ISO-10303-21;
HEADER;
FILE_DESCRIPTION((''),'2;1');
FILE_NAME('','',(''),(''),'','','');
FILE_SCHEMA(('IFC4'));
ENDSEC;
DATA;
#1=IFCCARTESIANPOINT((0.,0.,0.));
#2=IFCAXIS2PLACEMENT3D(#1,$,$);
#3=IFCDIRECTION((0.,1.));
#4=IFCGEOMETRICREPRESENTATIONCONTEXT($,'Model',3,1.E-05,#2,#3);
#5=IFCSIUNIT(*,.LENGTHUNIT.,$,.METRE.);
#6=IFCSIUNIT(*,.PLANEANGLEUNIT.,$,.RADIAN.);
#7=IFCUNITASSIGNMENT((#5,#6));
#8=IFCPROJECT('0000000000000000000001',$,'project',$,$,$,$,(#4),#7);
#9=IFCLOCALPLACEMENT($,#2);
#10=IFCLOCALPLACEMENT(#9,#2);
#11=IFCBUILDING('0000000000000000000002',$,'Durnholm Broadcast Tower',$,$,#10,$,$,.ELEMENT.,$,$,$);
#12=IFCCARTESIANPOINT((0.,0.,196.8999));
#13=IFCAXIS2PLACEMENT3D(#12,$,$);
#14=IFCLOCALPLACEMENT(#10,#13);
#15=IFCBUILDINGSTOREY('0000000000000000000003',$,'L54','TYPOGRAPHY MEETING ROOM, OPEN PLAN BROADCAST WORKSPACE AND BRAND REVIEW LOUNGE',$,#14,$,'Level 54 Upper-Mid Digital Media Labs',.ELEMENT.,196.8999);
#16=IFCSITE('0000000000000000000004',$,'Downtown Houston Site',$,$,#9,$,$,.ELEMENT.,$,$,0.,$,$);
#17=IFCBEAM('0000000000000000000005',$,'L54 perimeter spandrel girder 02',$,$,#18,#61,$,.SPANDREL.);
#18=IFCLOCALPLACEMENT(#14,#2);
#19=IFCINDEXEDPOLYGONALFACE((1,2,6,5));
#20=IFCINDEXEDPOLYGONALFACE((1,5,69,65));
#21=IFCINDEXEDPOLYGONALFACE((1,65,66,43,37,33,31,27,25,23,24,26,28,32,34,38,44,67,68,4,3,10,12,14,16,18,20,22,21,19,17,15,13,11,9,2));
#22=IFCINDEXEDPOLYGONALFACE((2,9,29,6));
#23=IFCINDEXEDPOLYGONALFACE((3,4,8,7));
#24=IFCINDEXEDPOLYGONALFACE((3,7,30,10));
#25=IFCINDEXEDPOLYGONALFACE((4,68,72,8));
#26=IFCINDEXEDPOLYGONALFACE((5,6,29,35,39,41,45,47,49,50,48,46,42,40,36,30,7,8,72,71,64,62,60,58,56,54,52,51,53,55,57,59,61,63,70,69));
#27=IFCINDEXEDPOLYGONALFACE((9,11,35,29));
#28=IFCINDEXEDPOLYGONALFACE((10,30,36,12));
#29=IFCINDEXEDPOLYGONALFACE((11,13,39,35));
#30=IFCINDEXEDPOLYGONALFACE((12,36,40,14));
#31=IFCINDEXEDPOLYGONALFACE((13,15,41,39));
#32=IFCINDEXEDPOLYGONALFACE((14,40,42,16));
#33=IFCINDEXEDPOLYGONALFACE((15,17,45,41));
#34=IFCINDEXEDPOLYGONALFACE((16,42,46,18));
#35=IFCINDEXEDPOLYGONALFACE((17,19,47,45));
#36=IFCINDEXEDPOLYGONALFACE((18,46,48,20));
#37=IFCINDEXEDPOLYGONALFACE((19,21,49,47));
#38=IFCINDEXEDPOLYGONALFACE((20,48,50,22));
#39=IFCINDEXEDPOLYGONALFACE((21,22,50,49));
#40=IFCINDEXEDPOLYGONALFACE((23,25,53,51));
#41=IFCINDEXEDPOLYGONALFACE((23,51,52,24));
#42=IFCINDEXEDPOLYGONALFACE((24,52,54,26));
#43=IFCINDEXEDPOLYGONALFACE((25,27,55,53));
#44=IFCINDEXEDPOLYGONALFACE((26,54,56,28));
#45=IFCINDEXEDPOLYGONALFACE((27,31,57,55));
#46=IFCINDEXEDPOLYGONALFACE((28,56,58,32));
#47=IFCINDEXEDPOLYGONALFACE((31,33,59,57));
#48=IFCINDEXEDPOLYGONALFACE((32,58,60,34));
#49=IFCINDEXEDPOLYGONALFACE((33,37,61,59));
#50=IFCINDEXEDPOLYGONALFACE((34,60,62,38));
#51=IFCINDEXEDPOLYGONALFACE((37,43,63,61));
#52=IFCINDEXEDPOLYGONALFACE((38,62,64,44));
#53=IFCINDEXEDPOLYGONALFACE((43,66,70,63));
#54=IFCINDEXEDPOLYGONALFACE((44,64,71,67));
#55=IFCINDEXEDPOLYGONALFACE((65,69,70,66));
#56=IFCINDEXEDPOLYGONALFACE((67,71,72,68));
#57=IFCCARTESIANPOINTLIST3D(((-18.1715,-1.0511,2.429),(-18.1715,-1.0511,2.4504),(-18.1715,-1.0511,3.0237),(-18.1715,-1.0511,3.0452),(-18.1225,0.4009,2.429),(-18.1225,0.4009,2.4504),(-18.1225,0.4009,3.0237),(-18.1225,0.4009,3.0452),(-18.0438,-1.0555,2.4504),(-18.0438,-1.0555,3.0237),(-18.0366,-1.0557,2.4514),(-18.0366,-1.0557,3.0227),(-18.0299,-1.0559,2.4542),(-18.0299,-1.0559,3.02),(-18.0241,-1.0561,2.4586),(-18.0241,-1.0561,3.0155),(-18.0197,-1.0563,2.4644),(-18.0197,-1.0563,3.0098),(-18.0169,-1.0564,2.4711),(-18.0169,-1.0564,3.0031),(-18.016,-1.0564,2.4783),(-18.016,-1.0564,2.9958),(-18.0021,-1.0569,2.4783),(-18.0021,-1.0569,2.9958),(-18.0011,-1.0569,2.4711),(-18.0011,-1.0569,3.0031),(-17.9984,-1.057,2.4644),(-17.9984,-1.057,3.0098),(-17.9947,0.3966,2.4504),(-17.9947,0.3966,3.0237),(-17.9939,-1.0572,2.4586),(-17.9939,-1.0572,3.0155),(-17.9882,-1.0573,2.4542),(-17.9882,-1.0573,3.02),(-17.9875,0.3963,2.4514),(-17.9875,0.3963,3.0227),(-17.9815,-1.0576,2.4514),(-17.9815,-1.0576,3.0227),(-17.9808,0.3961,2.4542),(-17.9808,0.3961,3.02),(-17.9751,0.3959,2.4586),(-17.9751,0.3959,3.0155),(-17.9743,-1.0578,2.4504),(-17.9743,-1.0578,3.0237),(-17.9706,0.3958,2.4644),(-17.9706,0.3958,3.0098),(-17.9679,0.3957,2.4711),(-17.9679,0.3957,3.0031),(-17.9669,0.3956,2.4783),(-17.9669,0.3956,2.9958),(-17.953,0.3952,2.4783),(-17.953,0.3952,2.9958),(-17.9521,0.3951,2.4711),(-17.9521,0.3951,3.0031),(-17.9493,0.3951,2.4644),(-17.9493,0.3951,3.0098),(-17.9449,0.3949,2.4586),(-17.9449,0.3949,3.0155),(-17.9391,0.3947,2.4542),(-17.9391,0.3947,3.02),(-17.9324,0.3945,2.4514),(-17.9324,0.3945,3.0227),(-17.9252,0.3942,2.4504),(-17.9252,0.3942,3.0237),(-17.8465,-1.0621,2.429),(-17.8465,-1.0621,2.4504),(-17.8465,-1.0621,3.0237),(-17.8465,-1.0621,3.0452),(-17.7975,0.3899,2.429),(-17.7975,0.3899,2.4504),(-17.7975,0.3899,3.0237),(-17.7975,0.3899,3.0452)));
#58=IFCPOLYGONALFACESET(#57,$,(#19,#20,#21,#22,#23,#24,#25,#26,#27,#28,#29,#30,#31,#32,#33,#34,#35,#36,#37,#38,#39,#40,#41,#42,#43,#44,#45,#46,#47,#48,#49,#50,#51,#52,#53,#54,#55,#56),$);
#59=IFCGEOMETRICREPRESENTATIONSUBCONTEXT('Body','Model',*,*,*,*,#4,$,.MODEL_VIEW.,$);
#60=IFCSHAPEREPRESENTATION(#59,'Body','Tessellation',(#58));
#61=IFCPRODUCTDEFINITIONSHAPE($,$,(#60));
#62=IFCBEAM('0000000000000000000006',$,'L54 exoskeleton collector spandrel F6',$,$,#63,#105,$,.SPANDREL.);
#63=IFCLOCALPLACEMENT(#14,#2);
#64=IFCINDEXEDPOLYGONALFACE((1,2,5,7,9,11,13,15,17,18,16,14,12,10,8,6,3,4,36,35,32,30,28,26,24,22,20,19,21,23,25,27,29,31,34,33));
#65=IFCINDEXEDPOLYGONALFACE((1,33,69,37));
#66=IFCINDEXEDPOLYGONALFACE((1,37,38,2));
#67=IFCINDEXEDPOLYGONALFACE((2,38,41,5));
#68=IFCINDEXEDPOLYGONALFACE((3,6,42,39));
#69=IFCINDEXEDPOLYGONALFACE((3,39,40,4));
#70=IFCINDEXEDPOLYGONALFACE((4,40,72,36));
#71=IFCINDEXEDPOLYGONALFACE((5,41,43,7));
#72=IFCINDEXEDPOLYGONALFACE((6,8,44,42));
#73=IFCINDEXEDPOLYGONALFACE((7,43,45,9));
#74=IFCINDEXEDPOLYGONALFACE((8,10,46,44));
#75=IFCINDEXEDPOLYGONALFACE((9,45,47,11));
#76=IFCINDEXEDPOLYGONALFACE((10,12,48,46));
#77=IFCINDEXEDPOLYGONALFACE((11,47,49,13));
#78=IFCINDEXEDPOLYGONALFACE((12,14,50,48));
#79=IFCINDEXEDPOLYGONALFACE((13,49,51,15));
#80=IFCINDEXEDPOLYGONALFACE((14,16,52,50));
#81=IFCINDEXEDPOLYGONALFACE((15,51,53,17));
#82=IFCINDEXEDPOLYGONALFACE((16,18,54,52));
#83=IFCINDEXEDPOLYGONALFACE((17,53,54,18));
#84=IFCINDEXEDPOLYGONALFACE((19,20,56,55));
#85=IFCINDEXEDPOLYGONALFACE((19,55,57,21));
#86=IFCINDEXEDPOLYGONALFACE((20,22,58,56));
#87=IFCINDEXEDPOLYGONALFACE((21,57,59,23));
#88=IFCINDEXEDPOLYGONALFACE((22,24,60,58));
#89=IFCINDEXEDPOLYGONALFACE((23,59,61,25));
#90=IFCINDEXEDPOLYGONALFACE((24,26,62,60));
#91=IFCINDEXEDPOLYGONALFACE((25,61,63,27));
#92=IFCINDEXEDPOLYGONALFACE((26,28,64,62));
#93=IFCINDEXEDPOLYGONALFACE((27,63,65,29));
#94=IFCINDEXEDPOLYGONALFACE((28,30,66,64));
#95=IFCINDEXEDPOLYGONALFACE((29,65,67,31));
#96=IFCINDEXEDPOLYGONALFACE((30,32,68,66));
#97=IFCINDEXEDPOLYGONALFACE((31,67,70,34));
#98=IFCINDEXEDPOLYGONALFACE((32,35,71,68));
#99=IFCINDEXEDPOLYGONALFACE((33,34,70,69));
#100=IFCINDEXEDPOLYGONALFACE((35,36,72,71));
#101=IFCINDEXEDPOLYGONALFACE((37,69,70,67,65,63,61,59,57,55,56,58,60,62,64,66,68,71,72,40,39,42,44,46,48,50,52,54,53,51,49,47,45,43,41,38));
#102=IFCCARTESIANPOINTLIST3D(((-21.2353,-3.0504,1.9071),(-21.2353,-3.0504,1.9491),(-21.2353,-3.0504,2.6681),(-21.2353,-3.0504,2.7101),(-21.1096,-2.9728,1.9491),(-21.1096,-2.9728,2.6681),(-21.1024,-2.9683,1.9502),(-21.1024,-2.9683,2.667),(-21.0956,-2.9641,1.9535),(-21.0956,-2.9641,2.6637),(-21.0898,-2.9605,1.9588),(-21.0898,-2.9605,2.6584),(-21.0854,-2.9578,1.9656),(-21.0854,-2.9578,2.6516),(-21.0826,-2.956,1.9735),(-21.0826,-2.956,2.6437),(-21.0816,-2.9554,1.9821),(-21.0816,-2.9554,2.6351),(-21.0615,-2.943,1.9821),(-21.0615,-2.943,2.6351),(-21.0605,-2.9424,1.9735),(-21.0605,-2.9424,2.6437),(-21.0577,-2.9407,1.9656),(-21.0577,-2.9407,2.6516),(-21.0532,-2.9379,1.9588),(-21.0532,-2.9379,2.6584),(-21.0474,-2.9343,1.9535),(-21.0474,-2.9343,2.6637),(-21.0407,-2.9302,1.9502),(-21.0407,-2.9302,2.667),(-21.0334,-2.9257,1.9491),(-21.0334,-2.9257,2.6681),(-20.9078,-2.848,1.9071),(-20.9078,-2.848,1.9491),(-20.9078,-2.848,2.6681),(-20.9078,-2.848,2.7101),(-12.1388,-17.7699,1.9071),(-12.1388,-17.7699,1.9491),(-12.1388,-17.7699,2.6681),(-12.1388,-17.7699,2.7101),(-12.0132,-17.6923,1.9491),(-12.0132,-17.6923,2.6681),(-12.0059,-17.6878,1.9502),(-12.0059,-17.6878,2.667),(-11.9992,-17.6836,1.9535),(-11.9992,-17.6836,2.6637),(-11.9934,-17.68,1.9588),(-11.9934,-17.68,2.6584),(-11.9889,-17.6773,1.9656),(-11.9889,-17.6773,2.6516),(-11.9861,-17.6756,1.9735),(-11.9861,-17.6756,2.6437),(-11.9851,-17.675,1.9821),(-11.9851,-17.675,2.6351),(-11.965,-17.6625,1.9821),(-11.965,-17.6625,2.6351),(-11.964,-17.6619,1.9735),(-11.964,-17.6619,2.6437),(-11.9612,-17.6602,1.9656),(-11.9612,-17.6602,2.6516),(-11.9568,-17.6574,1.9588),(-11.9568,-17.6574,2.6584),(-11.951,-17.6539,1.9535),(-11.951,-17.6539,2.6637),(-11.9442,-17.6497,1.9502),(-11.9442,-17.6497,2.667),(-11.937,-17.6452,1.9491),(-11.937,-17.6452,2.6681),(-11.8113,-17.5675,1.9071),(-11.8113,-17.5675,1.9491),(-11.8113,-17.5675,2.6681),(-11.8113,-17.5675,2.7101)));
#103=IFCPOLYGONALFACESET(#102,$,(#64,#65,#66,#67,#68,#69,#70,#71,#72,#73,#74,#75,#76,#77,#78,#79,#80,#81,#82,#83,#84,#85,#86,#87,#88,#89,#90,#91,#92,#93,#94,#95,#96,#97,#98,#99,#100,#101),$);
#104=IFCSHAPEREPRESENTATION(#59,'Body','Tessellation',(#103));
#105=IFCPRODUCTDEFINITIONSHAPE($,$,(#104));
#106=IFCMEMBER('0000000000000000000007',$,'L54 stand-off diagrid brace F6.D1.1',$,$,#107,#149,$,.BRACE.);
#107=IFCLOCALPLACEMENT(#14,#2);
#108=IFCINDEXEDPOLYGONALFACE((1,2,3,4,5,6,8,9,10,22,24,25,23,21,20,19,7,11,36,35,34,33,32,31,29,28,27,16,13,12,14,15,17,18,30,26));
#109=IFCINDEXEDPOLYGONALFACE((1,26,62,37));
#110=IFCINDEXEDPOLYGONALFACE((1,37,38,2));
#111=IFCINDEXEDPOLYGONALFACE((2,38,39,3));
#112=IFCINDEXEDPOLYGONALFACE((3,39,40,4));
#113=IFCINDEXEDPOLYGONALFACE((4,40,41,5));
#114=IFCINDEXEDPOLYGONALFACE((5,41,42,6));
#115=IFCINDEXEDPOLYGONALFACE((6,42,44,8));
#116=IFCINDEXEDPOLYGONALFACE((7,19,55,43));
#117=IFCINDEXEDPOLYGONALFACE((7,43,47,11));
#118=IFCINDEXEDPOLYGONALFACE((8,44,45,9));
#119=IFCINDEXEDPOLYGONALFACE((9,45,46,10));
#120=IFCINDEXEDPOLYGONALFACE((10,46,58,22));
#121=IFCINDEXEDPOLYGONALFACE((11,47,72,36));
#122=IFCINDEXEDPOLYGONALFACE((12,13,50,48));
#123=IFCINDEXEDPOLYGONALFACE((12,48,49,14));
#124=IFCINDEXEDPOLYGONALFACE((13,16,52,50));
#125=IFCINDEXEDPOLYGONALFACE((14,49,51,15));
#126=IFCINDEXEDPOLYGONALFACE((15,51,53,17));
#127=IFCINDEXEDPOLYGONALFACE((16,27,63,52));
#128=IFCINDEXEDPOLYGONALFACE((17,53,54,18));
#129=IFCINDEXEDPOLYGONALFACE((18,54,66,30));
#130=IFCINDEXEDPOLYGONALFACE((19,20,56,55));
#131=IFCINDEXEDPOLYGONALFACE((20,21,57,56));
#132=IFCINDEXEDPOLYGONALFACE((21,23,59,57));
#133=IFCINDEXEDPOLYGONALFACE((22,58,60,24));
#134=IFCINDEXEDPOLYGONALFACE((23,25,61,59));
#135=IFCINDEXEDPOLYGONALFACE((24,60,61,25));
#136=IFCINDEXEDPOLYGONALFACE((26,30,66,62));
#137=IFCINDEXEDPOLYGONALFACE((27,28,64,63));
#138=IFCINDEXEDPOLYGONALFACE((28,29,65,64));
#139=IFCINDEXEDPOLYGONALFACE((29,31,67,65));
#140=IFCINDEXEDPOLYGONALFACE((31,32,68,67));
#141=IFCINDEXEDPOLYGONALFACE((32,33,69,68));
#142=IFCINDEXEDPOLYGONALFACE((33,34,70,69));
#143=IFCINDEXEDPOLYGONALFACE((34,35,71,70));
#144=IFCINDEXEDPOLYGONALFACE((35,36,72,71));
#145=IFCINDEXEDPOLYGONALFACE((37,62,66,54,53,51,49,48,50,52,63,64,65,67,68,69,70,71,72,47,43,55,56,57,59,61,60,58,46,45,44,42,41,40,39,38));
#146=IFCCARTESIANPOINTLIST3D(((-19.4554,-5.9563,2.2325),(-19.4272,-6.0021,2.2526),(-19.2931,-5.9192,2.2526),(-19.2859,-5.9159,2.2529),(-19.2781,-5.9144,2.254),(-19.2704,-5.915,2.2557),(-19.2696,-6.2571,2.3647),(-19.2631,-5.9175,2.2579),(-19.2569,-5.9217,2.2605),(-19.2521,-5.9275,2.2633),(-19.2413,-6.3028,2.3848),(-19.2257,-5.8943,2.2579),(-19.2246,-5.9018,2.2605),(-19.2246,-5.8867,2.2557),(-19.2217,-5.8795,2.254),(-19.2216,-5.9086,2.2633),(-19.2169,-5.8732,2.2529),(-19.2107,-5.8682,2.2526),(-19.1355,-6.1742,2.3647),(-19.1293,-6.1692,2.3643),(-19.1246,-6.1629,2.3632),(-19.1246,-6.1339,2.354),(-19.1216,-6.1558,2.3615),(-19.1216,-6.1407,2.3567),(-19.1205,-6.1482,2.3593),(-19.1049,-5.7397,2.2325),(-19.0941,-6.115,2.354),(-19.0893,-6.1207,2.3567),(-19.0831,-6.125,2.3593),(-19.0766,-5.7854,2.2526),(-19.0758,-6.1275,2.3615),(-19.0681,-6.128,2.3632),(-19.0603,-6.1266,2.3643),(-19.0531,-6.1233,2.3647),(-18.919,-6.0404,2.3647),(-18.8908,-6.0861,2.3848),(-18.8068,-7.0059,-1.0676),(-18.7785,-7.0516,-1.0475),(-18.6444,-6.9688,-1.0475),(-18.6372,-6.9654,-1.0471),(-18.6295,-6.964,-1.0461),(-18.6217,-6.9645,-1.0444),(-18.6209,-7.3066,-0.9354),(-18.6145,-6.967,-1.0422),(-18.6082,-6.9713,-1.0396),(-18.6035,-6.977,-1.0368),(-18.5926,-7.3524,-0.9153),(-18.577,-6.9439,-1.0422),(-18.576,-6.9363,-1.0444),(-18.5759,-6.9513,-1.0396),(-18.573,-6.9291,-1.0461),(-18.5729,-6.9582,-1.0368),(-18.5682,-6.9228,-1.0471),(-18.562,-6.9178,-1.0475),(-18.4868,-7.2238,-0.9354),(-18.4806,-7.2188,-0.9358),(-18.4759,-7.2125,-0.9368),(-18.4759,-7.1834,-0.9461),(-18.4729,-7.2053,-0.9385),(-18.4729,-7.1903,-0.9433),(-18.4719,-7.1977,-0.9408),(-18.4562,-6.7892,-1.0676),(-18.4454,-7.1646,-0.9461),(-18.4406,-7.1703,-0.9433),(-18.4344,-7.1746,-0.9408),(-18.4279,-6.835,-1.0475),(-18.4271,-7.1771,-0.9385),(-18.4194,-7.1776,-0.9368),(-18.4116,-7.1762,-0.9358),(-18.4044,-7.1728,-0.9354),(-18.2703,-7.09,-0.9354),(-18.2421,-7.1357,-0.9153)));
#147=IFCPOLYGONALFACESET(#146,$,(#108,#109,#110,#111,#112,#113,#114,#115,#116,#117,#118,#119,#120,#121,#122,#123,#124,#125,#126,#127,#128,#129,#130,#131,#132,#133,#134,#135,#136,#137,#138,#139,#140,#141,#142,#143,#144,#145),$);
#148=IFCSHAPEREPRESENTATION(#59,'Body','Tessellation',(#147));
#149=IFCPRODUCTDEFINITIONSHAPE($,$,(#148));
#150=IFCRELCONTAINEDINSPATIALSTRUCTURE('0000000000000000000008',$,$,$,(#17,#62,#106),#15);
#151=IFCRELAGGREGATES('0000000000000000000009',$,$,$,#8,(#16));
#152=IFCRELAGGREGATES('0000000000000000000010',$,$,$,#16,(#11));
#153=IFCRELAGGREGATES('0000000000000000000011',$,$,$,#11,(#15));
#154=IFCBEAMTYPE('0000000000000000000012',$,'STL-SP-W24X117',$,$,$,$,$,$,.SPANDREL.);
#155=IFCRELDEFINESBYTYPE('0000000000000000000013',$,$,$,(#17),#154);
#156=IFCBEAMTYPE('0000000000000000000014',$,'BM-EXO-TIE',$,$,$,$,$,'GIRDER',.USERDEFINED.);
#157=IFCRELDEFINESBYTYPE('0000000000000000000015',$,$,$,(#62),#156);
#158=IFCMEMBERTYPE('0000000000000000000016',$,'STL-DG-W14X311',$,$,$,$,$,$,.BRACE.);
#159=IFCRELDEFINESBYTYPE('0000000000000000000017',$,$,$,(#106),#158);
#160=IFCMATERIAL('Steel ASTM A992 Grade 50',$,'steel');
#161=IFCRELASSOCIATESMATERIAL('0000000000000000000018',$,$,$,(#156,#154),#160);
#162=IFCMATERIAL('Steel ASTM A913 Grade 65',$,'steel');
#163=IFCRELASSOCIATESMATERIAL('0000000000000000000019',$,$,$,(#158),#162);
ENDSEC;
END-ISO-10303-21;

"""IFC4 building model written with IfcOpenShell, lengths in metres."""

from ifc_helpers import new_model, si_unit, direction, frame, origin, origin_2d, place, context, subcontext, project, spatial, i_section, extrude, source, transform, mapped, material, material_profile, profile_set, type_object, type_shapes, element, save


model = new_model("IFC4")

# Units and contexts
model_context = context("Model", 3, precision=1e-05, world=origin(), true_north=direction((0.0, 1.0)))
body_context = subcontext(model_context, "Body", "Model", "MODEL_VIEW")
ifc_project = project(units=[si_unit("LENGTHUNIT", "METRE"), si_unit("PLANEANGLEUNIT", "RADIAN")], contexts=[model_context])

# Site, building, storey
site_placement = place(None, origin())
site = spatial("IfcSite", under=ifc_project, at=site_placement, Name="Downtown Houston Site", CompositionType="ELEMENT", RefElevation=0.0)
building_placement = place(site_placement, origin())
building = spatial("IfcBuilding", under=site, at=building_placement, Name="Durnholm Broadcast Tower", CompositionType="ELEMENT")
storey_placement = place(building_placement, frame((0.0, 0.0, 196.8999)))
storey = spatial("IfcBuildingStorey", under=building, at=storey_placement, Name="L54", Description="TYPOGRAPHY MEETING ROOM, OPEN PLAN BROADCAST WORKSPACE AND BRAND REVIEW LOUNGE", LongName="Level 54 Upper-Mid Digital Media Labs", CompositionType="ELEMENT", Elevation=196.8999)

# Beams
ifc_material_1 = material(Name="Steel ASTM A992 Grade 50", Category="steel")
ifc_material_profile_1 = material_profile(ifc_material_1, i_section(OverallWidth=0.385, OverallDepth=0.803, WebThickness=0.0237, FlangeThickness=0.042, FilletRadius=0.033, at=origin_2d()), Name="W30X261")
ifc_profile_set_1 = profile_set([ifc_material_profile_1], Name="Steel ASTM A992 Grade 50")
beam_type_1 = type_object("IfcBeamType", Name="BM-EXO-TIE", ElementType="GIRDER", PredefinedType="USERDEFINED", material=ifc_profile_set_1)
ifc_material_profile_2 = material_profile(ifc_material_1, i_section(OverallWidth=0.3252, OverallDepth=0.6162, WebThickness=0.0139, FlangeThickness=0.0215, FilletRadius=0.0278, at=origin_2d()), Name="W24X117")
ifc_profile_set_2 = profile_set([ifc_material_profile_2], Name="Steel ASTM A992 Grade 50")
beam_type_2 = type_object("IfcBeamType", Name="STL-SP-W24X117", PredefinedType="SPANDREL", material=ifc_profile_set_2)
shared_shape_1 = source(origin(), body_context, "Body", "SweptSolid", [
    extrude(i_section(OverallWidth=0.3252, OverallDepth=0.6162, WebThickness=0.0139, FlangeThickness=0.0215, FilletRadius=0.0278, at=origin_2d()), origin(), (0.0, 0.0, 1.0), 1.4529),
])
beam_1_placement = place(storey_placement, frame((-18.009, -1.0566, 2.7371), z_axis=(0.033774, 0.99943, 0.0), x_axis=(-0.99943, 0.033774, 0.0)))
element("IfcBeam", 1, at=beam_1_placement, inside=storey, type_object=beam_type_2, Name="L54 perimeter spandrel girder 02", PredefinedType="SPANDREL", context=body_context, shape_type="MappedRepresentation", body=[
    mapped(shared_shape_1, transform((0.0, 0.0, 0.0), x_axis=(1.0, 0.0, 0.0), y_axis=(0.0, 1.0, 0.0), z_axis=(0.0, 0.0, 1.0), scale=1.0)),
])
shared_shape_2 = source(origin(), body_context, "Body", "SweptSolid", [
    extrude(i_section(OverallWidth=0.385, OverallDepth=0.803, WebThickness=0.0237, FlangeThickness=0.042, FilletRadius=0.033, at=origin_2d()), origin(), (0.0, 0.0, 1.0), 17.3035),
])
beam_2_placement = place(storey_placement, frame((-21.0715, -2.9492, 2.3086), z_axis=(0.525702, -0.850669, 0.0), x_axis=(0.850669, 0.525702, 0.0)))
element("IfcBeam", 2, at=beam_2_placement, inside=storey, type_object=beam_type_1, Name="L54 exoskeleton collector spandrel F6", PredefinedType="SPANDREL", context=body_context, shape_type="MappedRepresentation", body=[
    mapped(shared_shape_2, transform((0.0, 0.0, 0.0), x_axis=(1.0, 0.0, 0.0), y_axis=(0.0, 1.0, 0.0), z_axis=(0.0, 0.0, 1.0), scale=1.0)),
])

# Member
ifc_material_2 = material(Name="Steel ASTM A913 Grade 65", Category="steel")
ifc_material_profile_3 = material_profile(ifc_material_2, i_section(OverallWidth=0.4121, OverallDepth=0.4348, WebThickness=0.0359, FlangeThickness=0.0574, FilletRadius=0.0305, at=origin_2d()), Name="W14X311")
ifc_profile_set_3 = profile_set([ifc_material_profile_3], Name="Steel ASTM A913 Grade 65")
member_type_1 = type_object("IfcMemberType", Name="STL-DG-W14X311", PredefinedType="BRACE", material=ifc_profile_set_3)
shared_shape_3 = source(origin(), body_context, "Body", "SweptSolid", [
    extrude(i_section(OverallWidth=0.4121, OverallDepth=0.4348, WebThickness=0.0359, FlangeThickness=0.0574, FilletRadius=0.0305, at=origin_2d()), origin(), (0.0, 0.0, 1.0), 3.5232),
])
type_shapes(member_type_1, [shared_shape_3])
for number, where, z_axis, x_axis, name in (
    (3, (-18.5244, -7.0708, -0.9915), (-0.184119, 0.297903, 0.936672), (-0.850644, -0.525741, 0.0), "L54 stand-off diagrid brace F6.D1.1"),
):
    element("IfcMember", number, at=place(storey_placement, frame(where, z_axis=z_axis, x_axis=x_axis)), inside=storey, type_object=member_type_1, Name=name, PredefinedType="BRACE", context=body_context, shape_type="MappedRepresentation", body=[
        mapped(shared_shape_3, transform((0.0, 0.0, 0.0), x_axis=(1.0, 0.0, 0.0), y_axis=(0.0, 1.0, 0.0), z_axis=(0.0, 0.0, 1.0), scale=1.0)),
    ])

save(model, "model.ifc")
